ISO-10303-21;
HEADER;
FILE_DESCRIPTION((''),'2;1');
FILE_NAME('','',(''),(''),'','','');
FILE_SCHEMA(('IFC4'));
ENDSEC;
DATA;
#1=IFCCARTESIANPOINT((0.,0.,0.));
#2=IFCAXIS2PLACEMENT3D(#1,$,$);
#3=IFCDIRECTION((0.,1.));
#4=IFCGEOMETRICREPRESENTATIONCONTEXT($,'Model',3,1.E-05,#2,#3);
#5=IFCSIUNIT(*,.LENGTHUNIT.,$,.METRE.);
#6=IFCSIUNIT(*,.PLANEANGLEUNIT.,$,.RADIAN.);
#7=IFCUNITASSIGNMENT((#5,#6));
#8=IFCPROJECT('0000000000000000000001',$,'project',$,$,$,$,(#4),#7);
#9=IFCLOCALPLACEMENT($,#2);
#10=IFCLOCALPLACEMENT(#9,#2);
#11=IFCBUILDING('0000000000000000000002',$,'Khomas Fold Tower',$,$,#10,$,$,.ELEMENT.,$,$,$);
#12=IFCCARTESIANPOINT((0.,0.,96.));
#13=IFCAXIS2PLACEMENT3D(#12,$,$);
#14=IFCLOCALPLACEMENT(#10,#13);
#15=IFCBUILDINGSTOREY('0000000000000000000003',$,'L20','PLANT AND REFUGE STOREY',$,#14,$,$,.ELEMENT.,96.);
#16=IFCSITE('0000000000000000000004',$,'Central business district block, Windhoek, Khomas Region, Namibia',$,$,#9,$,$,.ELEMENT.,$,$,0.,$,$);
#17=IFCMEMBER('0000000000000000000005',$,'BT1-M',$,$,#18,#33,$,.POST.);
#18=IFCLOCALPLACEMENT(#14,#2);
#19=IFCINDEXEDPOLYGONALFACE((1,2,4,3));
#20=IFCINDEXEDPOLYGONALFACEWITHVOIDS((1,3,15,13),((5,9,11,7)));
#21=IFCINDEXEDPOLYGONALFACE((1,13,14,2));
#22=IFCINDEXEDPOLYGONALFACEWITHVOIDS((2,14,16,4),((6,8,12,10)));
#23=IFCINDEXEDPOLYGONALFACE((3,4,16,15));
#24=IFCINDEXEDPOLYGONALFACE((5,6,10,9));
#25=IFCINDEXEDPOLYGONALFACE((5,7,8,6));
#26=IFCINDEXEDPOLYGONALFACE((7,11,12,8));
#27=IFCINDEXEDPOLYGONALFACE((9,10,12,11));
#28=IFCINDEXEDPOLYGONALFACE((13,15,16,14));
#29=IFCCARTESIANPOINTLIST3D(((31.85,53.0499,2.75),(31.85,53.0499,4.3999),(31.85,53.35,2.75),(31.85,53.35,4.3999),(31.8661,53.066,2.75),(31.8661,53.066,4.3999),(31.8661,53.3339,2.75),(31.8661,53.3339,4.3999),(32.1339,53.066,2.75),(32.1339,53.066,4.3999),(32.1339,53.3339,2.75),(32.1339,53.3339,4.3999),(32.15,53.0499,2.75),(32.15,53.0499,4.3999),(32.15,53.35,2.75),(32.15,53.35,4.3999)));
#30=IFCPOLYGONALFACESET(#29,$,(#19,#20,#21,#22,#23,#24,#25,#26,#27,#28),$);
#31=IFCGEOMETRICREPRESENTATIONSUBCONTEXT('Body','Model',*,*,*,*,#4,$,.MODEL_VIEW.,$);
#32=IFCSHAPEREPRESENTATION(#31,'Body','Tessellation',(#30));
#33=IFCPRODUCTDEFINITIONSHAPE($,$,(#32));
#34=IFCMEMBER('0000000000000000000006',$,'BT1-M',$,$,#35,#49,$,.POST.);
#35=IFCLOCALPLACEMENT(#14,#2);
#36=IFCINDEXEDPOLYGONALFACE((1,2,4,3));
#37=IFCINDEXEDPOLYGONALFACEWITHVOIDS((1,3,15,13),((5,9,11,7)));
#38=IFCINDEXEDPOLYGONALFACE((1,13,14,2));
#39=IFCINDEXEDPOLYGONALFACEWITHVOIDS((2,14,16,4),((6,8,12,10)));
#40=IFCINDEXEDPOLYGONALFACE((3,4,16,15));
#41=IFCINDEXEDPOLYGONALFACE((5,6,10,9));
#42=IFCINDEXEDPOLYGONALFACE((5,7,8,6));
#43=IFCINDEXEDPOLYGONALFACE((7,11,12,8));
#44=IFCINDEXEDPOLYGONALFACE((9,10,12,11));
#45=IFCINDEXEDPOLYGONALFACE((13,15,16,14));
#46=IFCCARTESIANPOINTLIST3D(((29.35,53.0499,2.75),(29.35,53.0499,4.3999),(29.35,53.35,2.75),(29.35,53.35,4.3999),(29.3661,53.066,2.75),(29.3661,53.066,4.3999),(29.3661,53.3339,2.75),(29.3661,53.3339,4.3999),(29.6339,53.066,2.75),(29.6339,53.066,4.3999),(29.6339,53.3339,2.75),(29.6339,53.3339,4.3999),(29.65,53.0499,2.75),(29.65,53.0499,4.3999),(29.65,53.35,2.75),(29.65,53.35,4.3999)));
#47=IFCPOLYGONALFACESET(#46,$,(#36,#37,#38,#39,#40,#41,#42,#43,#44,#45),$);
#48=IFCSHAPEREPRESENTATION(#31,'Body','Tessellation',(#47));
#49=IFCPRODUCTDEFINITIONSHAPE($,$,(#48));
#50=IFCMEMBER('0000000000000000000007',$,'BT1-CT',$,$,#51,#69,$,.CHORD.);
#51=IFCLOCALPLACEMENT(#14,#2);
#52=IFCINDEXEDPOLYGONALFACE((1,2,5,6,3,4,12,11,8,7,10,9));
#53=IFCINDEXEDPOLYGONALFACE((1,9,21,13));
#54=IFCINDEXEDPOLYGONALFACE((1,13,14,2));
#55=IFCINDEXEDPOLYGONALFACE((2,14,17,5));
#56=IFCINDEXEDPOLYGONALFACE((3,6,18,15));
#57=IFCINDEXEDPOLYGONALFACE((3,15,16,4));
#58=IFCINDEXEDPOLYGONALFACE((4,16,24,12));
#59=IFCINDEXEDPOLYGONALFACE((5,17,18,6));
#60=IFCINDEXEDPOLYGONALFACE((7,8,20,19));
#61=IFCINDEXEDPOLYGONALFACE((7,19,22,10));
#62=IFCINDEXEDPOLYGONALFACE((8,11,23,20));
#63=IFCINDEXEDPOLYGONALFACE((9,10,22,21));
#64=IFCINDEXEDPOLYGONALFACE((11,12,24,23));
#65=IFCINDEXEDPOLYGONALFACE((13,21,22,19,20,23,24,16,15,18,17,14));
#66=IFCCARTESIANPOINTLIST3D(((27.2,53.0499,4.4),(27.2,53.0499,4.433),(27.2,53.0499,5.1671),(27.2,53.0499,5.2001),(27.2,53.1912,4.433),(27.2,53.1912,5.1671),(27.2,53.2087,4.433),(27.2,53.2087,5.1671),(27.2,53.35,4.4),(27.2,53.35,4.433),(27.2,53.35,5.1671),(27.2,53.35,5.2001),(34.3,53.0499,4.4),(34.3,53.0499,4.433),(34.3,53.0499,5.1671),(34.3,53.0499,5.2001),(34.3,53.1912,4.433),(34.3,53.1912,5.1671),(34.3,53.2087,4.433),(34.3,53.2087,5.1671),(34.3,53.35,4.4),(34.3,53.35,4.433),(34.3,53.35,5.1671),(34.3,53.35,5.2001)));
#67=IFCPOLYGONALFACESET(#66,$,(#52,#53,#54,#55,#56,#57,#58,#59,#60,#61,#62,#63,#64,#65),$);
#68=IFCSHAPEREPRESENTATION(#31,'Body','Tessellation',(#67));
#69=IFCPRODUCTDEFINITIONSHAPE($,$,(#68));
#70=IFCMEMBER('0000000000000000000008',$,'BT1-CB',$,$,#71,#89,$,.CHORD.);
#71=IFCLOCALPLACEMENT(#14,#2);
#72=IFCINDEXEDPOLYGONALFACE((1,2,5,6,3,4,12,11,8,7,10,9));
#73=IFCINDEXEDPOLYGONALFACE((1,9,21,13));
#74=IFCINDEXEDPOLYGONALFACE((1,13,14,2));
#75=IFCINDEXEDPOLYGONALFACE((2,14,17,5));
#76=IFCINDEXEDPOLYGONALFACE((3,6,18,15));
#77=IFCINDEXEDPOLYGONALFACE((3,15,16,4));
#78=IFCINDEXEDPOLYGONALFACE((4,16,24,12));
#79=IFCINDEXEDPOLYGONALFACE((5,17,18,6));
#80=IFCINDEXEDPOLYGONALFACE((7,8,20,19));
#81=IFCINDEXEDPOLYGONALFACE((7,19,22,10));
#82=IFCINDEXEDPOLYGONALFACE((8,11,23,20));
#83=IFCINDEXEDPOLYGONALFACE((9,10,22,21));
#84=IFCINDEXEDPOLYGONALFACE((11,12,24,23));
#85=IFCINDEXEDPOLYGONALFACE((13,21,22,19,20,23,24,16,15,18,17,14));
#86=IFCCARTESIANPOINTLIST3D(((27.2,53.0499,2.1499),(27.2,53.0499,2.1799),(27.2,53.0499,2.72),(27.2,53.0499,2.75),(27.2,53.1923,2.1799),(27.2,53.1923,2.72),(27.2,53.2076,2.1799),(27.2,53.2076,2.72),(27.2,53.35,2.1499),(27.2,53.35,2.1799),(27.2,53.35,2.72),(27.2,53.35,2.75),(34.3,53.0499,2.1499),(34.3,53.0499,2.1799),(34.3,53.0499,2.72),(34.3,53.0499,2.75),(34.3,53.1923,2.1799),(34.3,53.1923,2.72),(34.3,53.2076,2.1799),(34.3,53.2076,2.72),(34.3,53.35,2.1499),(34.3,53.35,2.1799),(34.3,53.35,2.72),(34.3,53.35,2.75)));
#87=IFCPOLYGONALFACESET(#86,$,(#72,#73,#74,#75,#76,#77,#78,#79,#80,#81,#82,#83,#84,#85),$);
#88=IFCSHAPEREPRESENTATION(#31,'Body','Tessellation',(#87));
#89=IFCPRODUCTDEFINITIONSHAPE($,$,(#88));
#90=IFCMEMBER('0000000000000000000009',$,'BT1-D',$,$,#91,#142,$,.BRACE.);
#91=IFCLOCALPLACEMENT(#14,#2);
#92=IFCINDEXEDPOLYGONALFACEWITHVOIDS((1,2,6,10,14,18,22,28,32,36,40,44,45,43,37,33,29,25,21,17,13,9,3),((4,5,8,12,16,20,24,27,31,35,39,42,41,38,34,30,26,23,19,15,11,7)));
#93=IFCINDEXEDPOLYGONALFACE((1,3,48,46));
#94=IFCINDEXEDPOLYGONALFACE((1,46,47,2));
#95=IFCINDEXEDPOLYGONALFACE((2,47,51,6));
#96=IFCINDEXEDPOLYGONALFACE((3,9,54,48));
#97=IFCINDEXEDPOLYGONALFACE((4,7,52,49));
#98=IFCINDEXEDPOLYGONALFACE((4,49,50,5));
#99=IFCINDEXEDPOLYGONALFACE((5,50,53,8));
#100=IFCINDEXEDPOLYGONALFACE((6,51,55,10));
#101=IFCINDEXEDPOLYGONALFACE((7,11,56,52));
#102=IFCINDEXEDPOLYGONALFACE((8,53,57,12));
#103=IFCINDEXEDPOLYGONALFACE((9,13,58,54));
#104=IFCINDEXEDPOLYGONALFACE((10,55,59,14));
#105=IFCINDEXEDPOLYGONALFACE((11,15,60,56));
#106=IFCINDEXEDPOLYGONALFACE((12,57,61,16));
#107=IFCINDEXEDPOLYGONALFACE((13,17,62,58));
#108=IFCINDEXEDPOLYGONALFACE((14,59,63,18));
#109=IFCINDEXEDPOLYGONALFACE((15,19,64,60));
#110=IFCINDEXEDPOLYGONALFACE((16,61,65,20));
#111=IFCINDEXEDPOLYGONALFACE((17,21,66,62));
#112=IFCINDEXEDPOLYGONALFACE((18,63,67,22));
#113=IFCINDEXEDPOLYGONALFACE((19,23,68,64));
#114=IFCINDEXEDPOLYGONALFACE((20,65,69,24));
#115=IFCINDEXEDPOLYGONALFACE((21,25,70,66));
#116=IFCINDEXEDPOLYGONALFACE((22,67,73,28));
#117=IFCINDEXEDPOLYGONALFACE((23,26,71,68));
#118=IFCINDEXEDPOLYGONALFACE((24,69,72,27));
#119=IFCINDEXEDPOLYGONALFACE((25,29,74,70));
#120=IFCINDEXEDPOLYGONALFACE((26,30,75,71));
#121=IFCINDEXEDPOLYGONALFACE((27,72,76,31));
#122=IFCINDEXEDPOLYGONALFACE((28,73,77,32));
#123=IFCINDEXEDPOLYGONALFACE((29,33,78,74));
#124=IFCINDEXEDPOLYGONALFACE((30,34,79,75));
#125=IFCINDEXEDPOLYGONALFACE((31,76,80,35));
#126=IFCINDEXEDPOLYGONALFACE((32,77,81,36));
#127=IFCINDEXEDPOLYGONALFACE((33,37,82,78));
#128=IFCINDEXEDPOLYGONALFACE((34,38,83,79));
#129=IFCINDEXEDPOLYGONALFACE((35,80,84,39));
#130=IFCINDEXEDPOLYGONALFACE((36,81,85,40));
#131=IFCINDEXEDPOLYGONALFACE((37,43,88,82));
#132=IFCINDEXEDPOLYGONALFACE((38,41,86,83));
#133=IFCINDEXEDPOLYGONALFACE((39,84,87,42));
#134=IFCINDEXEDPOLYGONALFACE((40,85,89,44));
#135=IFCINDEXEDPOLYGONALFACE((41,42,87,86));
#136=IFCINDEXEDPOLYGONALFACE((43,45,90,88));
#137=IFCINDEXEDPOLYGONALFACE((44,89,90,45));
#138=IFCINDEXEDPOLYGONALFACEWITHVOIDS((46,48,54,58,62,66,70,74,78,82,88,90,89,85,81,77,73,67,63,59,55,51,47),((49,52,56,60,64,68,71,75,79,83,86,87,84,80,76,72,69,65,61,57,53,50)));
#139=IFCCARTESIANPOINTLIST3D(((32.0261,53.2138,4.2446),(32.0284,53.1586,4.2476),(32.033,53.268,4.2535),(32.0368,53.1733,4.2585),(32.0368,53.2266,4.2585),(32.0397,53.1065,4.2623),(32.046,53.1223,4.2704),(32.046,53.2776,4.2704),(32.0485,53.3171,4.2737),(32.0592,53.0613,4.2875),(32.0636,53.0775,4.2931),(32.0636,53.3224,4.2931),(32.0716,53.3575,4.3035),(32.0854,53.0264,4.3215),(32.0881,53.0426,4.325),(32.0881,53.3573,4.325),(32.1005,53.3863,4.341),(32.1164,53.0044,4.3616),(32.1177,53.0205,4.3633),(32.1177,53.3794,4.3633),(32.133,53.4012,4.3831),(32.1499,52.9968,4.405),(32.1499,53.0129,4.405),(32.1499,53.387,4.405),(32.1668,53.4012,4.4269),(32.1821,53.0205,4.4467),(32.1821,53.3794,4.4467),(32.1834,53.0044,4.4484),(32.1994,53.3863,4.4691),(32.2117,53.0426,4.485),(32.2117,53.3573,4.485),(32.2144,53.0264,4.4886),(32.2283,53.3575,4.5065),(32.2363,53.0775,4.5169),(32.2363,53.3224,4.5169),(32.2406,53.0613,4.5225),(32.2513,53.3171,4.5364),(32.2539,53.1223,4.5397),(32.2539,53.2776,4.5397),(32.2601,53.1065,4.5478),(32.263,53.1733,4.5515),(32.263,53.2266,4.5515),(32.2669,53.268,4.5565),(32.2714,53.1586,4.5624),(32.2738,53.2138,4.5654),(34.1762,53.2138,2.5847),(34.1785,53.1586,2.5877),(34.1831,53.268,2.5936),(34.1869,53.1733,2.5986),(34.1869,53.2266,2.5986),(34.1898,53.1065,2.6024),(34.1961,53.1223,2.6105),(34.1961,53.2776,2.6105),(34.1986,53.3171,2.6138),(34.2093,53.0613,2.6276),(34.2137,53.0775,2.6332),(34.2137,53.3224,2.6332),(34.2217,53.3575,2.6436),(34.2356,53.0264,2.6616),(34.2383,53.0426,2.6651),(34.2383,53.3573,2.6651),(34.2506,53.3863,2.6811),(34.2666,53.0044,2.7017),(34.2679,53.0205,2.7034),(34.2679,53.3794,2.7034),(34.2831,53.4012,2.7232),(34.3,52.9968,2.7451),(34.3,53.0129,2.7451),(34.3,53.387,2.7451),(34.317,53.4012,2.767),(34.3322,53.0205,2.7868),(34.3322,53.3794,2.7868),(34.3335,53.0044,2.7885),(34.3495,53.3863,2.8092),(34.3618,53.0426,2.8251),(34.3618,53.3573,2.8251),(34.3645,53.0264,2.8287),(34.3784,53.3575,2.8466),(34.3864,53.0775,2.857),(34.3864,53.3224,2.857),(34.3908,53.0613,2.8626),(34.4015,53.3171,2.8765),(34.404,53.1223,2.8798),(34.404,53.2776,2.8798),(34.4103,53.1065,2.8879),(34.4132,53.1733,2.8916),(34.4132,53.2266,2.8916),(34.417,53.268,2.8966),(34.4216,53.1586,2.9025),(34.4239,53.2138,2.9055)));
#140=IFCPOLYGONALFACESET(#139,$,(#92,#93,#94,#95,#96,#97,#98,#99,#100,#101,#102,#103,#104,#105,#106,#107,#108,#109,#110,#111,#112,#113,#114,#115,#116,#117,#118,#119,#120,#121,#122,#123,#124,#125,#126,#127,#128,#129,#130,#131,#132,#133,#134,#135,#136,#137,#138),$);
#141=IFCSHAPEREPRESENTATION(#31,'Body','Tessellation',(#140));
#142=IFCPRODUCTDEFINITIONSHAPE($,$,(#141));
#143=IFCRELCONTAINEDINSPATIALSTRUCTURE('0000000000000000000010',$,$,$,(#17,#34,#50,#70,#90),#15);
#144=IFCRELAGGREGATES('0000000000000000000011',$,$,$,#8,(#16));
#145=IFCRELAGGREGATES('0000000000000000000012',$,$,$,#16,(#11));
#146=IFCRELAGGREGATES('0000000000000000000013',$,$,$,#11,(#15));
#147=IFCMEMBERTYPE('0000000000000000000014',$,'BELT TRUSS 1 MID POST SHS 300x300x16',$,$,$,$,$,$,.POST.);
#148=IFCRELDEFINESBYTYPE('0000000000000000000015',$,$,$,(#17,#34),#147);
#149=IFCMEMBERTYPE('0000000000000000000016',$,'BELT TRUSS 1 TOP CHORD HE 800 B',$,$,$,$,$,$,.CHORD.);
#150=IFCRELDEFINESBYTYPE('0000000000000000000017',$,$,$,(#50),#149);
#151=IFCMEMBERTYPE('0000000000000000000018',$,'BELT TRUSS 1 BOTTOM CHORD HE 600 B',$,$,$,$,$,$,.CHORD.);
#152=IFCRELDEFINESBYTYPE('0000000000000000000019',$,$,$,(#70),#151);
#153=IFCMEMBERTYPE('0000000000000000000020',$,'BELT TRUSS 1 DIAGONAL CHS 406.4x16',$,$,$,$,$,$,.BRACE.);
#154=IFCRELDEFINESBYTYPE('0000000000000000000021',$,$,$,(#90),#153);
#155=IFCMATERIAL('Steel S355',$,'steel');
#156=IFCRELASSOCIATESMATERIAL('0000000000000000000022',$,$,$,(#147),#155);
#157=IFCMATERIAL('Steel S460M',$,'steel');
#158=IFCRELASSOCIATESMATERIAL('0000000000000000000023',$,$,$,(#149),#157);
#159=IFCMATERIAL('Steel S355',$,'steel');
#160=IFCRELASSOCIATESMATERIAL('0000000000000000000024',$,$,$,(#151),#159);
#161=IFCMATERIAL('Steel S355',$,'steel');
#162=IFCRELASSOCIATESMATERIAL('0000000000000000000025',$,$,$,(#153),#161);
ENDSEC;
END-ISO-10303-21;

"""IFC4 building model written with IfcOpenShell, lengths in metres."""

from ifc_helpers import new_model, si_unit, direction, frame, origin, origin_2d, place, context, subcontext, project, spatial, hollow_rectangle, hollow_circle, i_section, extrude, source, transform, mapped, material, material_profile, profile_set, type_object, element, save


model = new_model("IFC4")

# Units and contexts
model_context = context("Model", 3, precision=1e-05, world=origin(), true_north=direction((0.0, 1.0)))
body_context = subcontext(model_context, "Body", "Model", "MODEL_VIEW")
ifc_project = project(units=[si_unit("LENGTHUNIT", "METRE"), si_unit("PLANEANGLEUNIT", "RADIAN")], contexts=[model_context])

# Site, building, storey
site_placement = place(None, origin())
site = spatial("IfcSite", under=ifc_project, at=site_placement, Name="Central business district block, Windhoek, Khomas Region, Namibia", CompositionType="ELEMENT", RefElevation=0.0)
building_placement = place(site_placement, origin())
building = spatial("IfcBuilding", under=site, at=building_placement, Name="Khomas Fold Tower", CompositionType="ELEMENT")
storey_placement = place(building_placement, frame((0.0, 0.0, 96.0)))
storey = spatial("IfcBuildingStorey", under=building, at=storey_placement, Name="L20", Description="PLANT AND REFUGE STOREY", CompositionType="ELEMENT", Elevation=96.0)

# Members
ifc_material_1 = material(Name="Steel S355", Category="steel")
ifc_material_profile_1 = material_profile(ifc_material_1, hollow_rectangle(XDim=0.3, YDim=0.3, WallThickness=0.0161, at=origin_2d()), Name="SHS 300x300x16")
ifc_profile_set_1 = profile_set([ifc_material_profile_1], Name="Steel S355")
member_type_1 = type_object("IfcMemberType", Name="BELT TRUSS 1 MID POST SHS 300x300x16", PredefinedType="POST", material=ifc_profile_set_1)
shared_shape_1 = source(origin(), body_context, "Body", "SweptSolid", [
    extrude(hollow_rectangle(XDim=0.3, YDim=0.3, WallThickness=0.0161, at=origin_2d()), origin(), (0.0, 0.0, 1.0), 1.6499),
])
for number, where, z_axis, x_axis, name in (
    (1, (32.0, 53.2, 2.75), (0.0, 0.0, 1.0), (1.0, 0.0, 0.0), "BT1-M"),
    (2, (29.5, 53.2, 2.75), (0.0, 0.0, 1.0), (1.0, 0.0, 0.0), "BT1-M"),
):
    element("IfcMember", number, at=place(storey_placement, frame(where, z_axis=z_axis, x_axis=x_axis)), inside=storey, type_object=member_type_1, Name=name, PredefinedType="POST", context=body_context, shape_type="MappedRepresentation", body=[
        mapped(shared_shape_1, transform((0.0, 0.0, 0.0))),
    ])
ifc_material_2 = material(Name="Steel S460M", Category="steel")
ifc_material_profile_2 = material_profile(ifc_material_2, i_section(OverallWidth=0.3, OverallDepth=0.8, WebThickness=0.0176, FlangeThickness=0.033, at=origin_2d()), Name="HE 800 B")
ifc_profile_set_2 = profile_set([ifc_material_profile_2], Name="Steel S460M")
member_type_2 = type_object("IfcMemberType", Name="BELT TRUSS 1 TOP CHORD HE 800 B", PredefinedType="CHORD", material=ifc_profile_set_2)
shared_shape_2 = source(origin(), body_context, "Body", "SweptSolid", [
    extrude(i_section(OverallWidth=0.3, OverallDepth=0.8, WebThickness=0.0176, FlangeThickness=0.033, at=origin_2d()), origin(), (0.0, 0.0, 1.0), 7.1001),
])
member_1_placement = place(storey_placement, frame((34.3, 53.2, 4.8), z_axis=(-1.0, 0.0, 0.0), x_axis=(0.0, -1.0, 0.0)))
element("IfcMember", 3, at=member_1_placement, inside=storey, type_object=member_type_2, Name="BT1-CT", PredefinedType="CHORD", context=body_context, shape_type="MappedRepresentation", body=[
    mapped(shared_shape_2, transform((0.0, 0.0, 0.0))),
])
ifc_material_3 = material(Name="Steel S355", Category="steel")
ifc_material_profile_3 = material_profile(ifc_material_3, i_section(OverallWidth=0.3, OverallDepth=0.6001, WebThickness=0.0154, FlangeThickness=0.03, at=origin_2d()), Name="HE 600 B")
ifc_profile_set_3 = profile_set([ifc_material_profile_3], Name="Steel S355")
member_type_3 = type_object("IfcMemberType", Name="BELT TRUSS 1 BOTTOM CHORD HE 600 B", PredefinedType="CHORD", material=ifc_profile_set_3)
shared_shape_3 = source(origin(), body_context, "Body", "SweptSolid", [
    extrude(i_section(OverallWidth=0.3, OverallDepth=0.6001, WebThickness=0.0154, FlangeThickness=0.03, at=origin_2d()), origin(), (0.0, 0.0, 1.0), 7.1001),
])
member_2_placement = place(storey_placement, frame((34.3, 53.2, 2.45), z_axis=(-1.0, 0.0, 0.0), x_axis=(0.0, -1.0, 0.0)))
element("IfcMember", 4, at=member_2_placement, inside=storey, type_object=member_type_3, Name="BT1-CB", PredefinedType="CHORD", context=body_context, shape_type="MappedRepresentation", body=[
    mapped(shared_shape_3, transform((0.0, 0.0, 0.0))),
])
ifc_material_4 = material(Name="Steel S355", Category="steel")
ifc_material_profile_4 = material_profile(ifc_material_4, hollow_circle(Radius=0.2031, WallThickness=0.0161, at=origin_2d()), Name="CHS 406.4x16")
ifc_profile_set_4 = profile_set([ifc_material_profile_4], Name="Steel S355")
member_type_4 = type_object("IfcMemberType", Name="BELT TRUSS 1 DIAGONAL CHS 406.4x16", PredefinedType="BRACE", material=ifc_profile_set_4)
shared_shape_4 = source(origin(), body_context, "Body", "SweptSolid", [
    extrude(hollow_circle(Radius=0.2031, WallThickness=0.0161, at=origin_2d()), origin(), (0.0, 0.0, 1.0), 2.7163),
])
member_3_placement = place(storey_placement, frame((34.3, 53.2, 2.7451), z_axis=(-0.791564, 0.0, 0.611087), x_axis=(0.0, -1.0, 0.0)))
element("IfcMember", 5, at=member_3_placement, inside=storey, type_object=member_type_4, Name="BT1-D", PredefinedType="BRACE", context=body_context, shape_type="MappedRepresentation", body=[
    mapped(shared_shape_4, transform((0.0, 0.0, 0.0))),
])

save(model, "model.ifc")
